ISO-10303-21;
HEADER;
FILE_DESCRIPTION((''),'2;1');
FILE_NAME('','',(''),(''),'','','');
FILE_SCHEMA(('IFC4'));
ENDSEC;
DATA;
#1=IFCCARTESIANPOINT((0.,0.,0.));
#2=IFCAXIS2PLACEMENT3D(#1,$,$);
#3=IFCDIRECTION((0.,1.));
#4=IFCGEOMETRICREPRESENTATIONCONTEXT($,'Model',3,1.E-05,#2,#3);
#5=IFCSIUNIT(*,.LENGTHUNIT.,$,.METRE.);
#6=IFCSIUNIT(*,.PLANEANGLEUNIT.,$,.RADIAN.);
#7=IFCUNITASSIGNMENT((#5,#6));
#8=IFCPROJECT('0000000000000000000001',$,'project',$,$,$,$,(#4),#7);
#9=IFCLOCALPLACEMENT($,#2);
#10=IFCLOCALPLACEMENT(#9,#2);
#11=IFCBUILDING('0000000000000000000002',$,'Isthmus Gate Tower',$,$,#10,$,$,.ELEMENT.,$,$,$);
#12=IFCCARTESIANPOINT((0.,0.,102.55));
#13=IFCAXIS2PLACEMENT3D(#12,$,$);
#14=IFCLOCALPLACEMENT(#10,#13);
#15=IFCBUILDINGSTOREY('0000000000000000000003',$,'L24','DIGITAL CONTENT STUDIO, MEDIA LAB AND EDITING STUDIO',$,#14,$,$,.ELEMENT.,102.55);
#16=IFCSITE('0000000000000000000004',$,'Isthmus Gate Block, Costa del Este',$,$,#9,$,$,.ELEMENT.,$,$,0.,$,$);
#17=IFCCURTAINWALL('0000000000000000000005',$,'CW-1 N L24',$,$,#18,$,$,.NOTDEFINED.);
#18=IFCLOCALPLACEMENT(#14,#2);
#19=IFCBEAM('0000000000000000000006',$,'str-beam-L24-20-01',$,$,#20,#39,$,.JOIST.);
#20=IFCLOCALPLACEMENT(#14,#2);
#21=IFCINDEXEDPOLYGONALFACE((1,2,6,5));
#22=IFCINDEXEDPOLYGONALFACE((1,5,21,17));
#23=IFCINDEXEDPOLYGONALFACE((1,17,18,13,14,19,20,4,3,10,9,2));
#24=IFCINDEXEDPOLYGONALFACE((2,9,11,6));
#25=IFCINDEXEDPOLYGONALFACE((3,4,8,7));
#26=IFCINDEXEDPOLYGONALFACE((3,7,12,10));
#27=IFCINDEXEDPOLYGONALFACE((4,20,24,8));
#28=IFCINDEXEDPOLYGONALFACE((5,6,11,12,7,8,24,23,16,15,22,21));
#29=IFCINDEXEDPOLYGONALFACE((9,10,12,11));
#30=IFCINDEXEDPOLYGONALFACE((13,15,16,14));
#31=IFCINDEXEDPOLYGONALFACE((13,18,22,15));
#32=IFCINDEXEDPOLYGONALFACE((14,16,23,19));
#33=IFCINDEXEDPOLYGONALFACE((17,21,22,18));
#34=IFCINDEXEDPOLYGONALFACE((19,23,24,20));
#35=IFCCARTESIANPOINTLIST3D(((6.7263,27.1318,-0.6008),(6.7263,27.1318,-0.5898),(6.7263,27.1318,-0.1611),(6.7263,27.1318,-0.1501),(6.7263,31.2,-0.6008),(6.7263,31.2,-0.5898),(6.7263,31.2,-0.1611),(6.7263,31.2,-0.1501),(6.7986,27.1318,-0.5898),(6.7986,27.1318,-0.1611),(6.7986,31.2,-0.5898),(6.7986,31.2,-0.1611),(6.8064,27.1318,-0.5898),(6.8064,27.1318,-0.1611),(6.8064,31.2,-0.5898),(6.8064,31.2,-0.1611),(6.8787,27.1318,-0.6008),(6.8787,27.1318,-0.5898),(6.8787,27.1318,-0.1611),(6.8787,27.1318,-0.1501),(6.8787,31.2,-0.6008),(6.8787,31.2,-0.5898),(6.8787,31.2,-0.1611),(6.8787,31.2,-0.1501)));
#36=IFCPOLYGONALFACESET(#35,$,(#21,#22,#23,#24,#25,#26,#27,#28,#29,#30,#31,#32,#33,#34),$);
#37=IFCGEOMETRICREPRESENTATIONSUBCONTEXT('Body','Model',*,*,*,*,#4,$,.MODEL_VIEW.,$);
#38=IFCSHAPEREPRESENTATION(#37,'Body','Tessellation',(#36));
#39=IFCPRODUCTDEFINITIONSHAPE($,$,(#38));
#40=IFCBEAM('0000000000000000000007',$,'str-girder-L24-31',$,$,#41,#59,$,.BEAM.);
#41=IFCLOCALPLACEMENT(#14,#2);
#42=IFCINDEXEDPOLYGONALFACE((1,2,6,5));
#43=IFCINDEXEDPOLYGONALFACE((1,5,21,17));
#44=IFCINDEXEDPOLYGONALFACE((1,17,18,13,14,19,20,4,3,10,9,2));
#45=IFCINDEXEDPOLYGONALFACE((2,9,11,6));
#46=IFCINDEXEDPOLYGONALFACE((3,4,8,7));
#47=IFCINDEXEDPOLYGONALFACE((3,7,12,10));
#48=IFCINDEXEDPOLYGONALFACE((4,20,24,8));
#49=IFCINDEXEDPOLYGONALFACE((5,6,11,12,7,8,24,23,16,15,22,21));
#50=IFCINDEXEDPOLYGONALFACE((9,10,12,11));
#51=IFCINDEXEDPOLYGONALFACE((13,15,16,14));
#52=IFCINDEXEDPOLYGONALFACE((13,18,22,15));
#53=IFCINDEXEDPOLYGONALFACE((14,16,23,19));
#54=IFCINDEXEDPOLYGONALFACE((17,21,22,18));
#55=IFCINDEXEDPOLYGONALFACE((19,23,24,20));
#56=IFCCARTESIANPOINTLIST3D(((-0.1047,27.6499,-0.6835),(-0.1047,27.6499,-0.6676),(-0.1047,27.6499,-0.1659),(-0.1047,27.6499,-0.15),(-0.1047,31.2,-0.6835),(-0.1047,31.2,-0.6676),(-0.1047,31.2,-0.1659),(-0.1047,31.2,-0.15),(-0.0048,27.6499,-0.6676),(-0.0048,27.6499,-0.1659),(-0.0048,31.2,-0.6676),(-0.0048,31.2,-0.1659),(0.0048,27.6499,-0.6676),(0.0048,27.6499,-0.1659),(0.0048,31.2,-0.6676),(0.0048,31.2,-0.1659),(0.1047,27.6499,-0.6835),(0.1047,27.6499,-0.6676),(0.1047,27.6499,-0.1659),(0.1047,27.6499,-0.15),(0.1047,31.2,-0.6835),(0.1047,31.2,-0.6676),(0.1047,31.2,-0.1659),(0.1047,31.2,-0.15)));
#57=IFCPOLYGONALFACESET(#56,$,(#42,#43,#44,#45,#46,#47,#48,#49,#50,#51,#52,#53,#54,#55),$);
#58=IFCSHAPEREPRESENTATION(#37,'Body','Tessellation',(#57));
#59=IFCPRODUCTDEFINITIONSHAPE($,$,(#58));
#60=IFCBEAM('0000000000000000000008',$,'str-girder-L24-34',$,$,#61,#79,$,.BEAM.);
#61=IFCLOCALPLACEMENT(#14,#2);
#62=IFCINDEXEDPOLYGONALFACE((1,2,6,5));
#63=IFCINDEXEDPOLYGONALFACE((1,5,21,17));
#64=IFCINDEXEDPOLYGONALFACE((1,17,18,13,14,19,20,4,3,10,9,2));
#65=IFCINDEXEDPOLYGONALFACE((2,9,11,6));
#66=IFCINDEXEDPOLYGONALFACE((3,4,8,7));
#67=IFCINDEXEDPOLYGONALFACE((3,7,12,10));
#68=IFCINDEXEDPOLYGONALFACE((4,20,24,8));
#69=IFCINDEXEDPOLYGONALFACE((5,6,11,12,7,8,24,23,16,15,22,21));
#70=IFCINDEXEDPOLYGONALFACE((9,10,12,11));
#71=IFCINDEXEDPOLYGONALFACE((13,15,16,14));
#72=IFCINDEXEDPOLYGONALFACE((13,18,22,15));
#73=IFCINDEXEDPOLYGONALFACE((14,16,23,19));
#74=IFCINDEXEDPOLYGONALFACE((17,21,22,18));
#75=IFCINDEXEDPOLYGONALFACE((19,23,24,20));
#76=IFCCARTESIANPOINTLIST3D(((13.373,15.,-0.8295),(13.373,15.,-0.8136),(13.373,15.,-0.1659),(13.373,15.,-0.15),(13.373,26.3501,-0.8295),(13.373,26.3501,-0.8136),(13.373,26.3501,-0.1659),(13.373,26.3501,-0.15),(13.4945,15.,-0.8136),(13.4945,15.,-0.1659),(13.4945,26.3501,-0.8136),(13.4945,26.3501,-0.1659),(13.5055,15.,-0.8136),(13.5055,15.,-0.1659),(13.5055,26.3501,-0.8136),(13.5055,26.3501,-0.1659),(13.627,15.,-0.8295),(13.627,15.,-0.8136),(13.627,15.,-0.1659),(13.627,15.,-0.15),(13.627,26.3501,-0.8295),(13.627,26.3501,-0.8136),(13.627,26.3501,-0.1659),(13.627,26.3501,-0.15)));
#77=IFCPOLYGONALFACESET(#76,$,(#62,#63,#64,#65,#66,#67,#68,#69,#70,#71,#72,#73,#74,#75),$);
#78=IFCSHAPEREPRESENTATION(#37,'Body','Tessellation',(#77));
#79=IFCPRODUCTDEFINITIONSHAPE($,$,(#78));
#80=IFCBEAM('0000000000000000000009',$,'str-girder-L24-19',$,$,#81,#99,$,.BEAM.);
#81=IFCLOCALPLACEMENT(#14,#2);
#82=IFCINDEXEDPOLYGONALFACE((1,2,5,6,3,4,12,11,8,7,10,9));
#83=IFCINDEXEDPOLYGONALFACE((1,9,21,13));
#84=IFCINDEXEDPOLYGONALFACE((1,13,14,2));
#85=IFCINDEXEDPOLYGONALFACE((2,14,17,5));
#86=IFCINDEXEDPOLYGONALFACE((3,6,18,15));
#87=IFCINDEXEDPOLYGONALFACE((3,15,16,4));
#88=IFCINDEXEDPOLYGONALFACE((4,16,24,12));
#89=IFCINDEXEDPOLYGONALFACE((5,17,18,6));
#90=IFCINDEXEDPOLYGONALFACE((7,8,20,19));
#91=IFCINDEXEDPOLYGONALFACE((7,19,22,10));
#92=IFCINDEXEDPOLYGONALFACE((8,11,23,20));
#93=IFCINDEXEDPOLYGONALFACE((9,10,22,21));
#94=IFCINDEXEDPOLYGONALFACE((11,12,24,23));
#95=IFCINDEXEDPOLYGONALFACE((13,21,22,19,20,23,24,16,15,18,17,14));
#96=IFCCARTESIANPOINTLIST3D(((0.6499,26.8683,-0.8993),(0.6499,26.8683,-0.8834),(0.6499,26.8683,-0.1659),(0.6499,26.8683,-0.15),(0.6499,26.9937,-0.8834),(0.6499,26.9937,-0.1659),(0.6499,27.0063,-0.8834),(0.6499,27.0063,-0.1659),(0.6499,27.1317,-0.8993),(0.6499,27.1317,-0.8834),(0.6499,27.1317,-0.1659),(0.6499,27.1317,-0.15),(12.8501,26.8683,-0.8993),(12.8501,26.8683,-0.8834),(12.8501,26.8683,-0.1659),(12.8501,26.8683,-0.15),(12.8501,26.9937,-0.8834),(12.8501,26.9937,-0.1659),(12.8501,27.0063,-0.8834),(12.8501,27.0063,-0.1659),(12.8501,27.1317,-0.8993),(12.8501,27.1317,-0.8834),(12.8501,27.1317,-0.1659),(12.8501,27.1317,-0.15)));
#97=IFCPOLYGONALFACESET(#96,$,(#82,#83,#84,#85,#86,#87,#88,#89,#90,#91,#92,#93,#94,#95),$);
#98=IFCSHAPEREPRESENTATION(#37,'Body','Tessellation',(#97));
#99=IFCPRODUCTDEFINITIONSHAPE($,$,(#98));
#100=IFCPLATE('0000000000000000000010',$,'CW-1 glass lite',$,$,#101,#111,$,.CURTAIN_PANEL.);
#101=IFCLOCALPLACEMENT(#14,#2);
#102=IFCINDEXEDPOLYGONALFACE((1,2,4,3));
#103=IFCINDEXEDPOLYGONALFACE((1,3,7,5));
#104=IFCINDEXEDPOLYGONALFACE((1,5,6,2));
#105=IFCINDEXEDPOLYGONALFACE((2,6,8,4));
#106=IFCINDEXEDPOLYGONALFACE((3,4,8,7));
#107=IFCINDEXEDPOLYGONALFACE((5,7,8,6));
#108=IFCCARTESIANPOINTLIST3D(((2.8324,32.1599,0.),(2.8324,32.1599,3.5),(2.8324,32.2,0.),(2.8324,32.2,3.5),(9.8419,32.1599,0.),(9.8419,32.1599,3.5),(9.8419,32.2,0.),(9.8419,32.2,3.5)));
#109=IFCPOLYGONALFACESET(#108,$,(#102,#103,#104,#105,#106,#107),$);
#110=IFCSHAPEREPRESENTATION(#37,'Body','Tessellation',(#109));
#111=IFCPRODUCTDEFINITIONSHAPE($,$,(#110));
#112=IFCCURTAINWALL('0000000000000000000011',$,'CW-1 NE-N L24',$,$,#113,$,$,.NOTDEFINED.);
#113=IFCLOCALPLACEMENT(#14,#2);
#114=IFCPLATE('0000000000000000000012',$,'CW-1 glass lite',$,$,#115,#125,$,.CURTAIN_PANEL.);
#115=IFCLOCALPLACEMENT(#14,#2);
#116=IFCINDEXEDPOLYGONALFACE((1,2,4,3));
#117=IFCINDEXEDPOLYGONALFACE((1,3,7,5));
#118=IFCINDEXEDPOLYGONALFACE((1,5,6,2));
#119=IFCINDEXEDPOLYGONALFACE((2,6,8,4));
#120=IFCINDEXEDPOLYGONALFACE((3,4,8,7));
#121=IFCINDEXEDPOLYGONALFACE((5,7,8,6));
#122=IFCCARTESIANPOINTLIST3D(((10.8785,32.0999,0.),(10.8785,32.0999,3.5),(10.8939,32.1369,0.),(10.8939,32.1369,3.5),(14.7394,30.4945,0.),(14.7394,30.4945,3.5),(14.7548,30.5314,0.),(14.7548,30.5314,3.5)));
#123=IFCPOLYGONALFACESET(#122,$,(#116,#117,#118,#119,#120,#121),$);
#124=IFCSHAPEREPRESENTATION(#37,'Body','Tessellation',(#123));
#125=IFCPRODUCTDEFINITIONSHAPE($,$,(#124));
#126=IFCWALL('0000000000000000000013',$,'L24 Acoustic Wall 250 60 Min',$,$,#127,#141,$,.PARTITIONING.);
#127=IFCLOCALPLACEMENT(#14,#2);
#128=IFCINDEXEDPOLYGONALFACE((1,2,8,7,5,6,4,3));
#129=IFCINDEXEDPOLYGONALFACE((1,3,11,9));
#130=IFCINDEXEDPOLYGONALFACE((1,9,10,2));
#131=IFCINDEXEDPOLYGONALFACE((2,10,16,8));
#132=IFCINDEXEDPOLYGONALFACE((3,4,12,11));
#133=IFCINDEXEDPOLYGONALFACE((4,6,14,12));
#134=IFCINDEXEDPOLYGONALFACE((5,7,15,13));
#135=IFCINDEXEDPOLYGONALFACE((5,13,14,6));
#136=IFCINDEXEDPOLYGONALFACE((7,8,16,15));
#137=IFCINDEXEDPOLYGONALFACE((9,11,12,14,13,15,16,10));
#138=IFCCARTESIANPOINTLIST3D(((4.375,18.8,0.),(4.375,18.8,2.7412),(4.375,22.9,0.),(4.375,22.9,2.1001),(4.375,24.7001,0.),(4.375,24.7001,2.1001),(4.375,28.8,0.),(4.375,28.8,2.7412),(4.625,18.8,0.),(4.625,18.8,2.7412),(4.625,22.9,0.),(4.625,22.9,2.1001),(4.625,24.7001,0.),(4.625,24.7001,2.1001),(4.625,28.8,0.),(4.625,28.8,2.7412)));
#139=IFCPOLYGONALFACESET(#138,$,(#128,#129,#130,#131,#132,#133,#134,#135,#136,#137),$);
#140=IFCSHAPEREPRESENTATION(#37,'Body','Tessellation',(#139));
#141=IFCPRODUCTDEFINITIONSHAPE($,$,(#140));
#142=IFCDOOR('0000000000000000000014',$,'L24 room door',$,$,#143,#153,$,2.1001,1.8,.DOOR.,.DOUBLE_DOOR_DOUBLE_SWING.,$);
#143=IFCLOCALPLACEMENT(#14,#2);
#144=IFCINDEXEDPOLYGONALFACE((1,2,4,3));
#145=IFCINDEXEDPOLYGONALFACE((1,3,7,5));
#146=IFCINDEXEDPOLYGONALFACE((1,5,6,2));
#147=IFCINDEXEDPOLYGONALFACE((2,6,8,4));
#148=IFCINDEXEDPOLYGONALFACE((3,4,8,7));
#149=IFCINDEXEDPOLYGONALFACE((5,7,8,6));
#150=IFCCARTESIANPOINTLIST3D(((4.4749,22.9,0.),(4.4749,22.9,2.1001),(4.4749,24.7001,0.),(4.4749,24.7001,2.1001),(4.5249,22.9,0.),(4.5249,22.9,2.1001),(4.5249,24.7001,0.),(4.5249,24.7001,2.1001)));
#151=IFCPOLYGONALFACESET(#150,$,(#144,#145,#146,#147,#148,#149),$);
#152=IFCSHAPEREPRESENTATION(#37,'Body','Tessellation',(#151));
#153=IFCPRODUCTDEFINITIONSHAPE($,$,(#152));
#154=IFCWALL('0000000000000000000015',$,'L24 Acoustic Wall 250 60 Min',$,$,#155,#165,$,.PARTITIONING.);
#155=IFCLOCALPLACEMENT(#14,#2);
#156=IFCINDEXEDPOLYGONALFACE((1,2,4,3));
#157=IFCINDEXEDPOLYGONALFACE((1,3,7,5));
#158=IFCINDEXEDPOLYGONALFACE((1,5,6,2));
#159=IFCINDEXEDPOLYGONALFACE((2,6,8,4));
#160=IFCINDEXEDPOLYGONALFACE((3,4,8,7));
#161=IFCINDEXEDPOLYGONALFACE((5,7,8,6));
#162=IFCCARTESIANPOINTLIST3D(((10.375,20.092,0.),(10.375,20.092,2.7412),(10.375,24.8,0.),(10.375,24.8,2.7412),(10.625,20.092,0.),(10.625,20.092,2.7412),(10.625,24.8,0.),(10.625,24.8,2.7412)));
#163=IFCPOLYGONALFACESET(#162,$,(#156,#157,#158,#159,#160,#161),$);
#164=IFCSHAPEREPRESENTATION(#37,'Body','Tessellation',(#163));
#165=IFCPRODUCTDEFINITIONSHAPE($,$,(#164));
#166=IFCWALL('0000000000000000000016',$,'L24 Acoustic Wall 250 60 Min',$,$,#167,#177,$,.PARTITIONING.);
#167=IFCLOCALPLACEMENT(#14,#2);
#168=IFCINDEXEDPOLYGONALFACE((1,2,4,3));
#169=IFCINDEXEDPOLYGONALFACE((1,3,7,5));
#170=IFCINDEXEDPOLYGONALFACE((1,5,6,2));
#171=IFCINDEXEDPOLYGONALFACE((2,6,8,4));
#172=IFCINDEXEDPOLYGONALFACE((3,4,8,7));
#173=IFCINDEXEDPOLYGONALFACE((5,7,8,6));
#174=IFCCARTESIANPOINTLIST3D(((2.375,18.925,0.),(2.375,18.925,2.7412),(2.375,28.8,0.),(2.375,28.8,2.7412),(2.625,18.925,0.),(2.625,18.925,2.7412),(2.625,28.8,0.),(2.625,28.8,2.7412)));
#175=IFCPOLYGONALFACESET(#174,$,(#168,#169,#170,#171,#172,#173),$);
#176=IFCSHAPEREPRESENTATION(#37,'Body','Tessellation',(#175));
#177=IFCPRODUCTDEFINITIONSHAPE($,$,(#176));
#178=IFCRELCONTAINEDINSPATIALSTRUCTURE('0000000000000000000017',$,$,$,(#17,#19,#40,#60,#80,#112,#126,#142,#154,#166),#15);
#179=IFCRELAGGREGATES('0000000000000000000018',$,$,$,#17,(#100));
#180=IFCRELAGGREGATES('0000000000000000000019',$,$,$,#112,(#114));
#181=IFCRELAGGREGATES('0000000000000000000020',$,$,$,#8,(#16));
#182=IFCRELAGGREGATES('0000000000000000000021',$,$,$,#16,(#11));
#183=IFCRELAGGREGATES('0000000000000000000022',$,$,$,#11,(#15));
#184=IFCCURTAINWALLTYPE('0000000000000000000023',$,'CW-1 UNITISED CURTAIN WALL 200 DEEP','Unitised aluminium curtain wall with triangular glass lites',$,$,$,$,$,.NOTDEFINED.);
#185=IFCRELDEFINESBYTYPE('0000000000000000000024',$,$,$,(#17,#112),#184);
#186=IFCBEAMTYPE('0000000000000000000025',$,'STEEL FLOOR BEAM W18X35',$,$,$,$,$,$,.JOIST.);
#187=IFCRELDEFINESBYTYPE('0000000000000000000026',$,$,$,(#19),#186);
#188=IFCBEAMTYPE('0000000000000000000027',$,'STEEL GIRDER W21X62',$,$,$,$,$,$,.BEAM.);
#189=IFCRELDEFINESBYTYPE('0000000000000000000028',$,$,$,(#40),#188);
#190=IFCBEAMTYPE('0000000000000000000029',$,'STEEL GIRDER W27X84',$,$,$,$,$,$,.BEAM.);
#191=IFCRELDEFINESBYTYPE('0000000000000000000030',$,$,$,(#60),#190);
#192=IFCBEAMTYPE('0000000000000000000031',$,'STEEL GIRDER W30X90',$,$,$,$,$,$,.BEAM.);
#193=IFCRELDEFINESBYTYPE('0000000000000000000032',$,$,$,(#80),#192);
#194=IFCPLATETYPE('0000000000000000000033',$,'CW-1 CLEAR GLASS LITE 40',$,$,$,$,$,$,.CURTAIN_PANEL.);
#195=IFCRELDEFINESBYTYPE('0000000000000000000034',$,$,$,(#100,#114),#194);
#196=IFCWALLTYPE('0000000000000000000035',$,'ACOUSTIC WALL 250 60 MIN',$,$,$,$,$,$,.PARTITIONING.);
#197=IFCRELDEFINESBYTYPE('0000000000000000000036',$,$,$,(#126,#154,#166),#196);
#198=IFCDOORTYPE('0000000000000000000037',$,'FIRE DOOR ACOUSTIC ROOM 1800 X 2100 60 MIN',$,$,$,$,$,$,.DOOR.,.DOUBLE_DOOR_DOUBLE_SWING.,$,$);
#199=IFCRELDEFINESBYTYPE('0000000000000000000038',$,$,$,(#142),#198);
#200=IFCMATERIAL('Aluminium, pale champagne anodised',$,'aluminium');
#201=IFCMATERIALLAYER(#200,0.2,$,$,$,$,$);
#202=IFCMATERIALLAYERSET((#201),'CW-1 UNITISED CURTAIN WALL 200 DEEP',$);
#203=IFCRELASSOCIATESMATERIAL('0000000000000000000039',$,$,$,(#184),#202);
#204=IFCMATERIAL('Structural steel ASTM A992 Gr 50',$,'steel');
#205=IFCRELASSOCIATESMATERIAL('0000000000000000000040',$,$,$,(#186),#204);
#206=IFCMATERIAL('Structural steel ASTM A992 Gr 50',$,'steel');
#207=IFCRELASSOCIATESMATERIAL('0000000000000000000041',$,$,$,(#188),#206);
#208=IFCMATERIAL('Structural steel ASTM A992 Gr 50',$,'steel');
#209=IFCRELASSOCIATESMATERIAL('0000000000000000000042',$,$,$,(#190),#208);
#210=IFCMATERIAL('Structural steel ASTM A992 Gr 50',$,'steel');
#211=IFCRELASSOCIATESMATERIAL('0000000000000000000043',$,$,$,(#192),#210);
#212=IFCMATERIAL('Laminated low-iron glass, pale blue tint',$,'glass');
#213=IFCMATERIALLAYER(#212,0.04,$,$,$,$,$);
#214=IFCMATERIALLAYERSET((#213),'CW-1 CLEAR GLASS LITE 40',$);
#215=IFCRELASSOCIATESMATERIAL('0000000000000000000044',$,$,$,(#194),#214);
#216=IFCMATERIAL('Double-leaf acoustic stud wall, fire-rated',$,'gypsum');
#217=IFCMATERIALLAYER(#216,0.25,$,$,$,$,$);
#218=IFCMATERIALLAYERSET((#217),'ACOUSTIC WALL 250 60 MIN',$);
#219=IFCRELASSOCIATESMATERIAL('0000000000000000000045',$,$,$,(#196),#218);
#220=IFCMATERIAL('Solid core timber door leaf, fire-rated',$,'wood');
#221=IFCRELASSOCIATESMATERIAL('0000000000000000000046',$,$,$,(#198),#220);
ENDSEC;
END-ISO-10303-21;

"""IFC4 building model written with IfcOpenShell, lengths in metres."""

from ifc_helpers import new_model, si_unit, direction, frame, frame_2d, origin, origin_2d, place, context, subcontext, project, spatial, rectangle, i_section, extrude, material, layer, layer_set, material_profile, profile_set, type_object, element, fill, aggregate, save


model = new_model("IFC4")

# Units and contexts
model_context = context("Model", 3, precision=1e-05, world=origin(), true_north=direction((0.0, 1.0)))
body_context = subcontext(model_context, "Body", "Model", "MODEL_VIEW")
ifc_project = project(units=[si_unit("LENGTHUNIT", "METRE"), si_unit("PLANEANGLEUNIT", "RADIAN")], contexts=[model_context])

# Site, building, storey
site_placement = place(None, origin())
site = spatial("IfcSite", under=ifc_project, at=site_placement, Name="Isthmus Gate Block, Costa del Este", CompositionType="ELEMENT", RefElevation=0.0)
building_placement = place(site_placement, origin())
building = spatial("IfcBuilding", under=site, at=building_placement, Name="Isthmus Gate Tower", CompositionType="ELEMENT")
storey_placement = place(building_placement, frame((0.0, 0.0, 102.55)))
storey = spatial("IfcBuildingStorey", under=building, at=storey_placement, Name="L24", Description="DIGITAL CONTENT STUDIO, MEDIA LAB AND EDITING STUDIO", CompositionType="ELEMENT", Elevation=102.55)

# Curtain wall
ifc_material_1 = material(Name="Aluminium, pale champagne anodised", Category="aluminium")
ifc_layer_1 = layer(ifc_material_1, 0.2)
ifc_layer_set_1 = layer_set([ifc_layer_1], Name="CW-1 UNITISED CURTAIN WALL 200 DEEP")
curtain_wall_type = type_object("IfcCurtainWallType", Name="CW-1 UNITISED CURTAIN WALL 200 DEEP", Description="Unitised aluminium curtain wall with triangular glass lites", PredefinedType="NOTDEFINED", material=ifc_layer_set_1)
curtain_wall_1_placement = place(storey_placement, origin())
curtain_wall_1 = element("IfcCurtainWall", 1, at=curtain_wall_1_placement, inside=storey, type_object=curtain_wall_type, Name="CW-1 N L24", PredefinedType="NOTDEFINED")

# Beams
ifc_material_2 = material(Name="Structural steel ASTM A992 Gr 50", Category="steel")
ifc_material_profile_1 = material_profile(ifc_material_2, i_section(OverallWidth=0.1523, OverallDepth=0.4507, WebThickness=0.0078, FlangeThickness=0.011, at=origin_2d()), Name="W18X35")
ifc_profile_set_1 = profile_set([ifc_material_profile_1], Name="Structural steel ASTM A992 Gr 50")
beam_type_1 = type_object("IfcBeamType", Name="STEEL FLOOR BEAM W18X35", PredefinedType="JOIST", material=ifc_profile_set_1)
beam_1_placement = place(storey_placement, frame((6.8025, 27.1318, -0.3755), z_axis=(0.0, 1.0, 0.0), x_axis=(-1.0, 0.0, 0.0)))
element("IfcBeam", 2, at=beam_1_placement, inside=storey, type_object=beam_type_1, Name="str-beam-L24-20-01", PredefinedType="JOIST", context=body_context, shape_type="SweptSolid", body=[
    extrude(i_section(OverallWidth=0.1523, OverallDepth=0.4507, WebThickness=0.0078, FlangeThickness=0.011, at=origin_2d()), origin(), (0.0, 0.0, 1.0), 4.0681),
])
ifc_material_3 = material(Name="Structural steel ASTM A992 Gr 50", Category="steel")
ifc_material_profile_2 = material_profile(ifc_material_3, i_section(OverallWidth=0.2095, OverallDepth=0.5334, WebThickness=0.0095, FlangeThickness=0.0159, at=origin_2d()), Name="W21X62")
ifc_profile_set_2 = profile_set([ifc_material_profile_2], Name="Structural steel ASTM A992 Gr 50")
beam_type_2 = type_object("IfcBeamType", Name="STEEL GIRDER W21X62", PredefinedType="BEAM", material=ifc_profile_set_2)
beam_2_placement = place(storey_placement, frame((0.0, 27.6499, -0.4167), z_axis=(0.0, 1.0, 0.0), x_axis=(-1.0, 0.0, 0.0)))
element("IfcBeam", 3, at=beam_2_placement, inside=storey, type_object=beam_type_2, Name="str-girder-L24-31", PredefinedType="BEAM", context=body_context, shape_type="SweptSolid", body=[
    extrude(i_section(OverallWidth=0.2095, OverallDepth=0.5334, WebThickness=0.0095, FlangeThickness=0.0159, at=origin_2d()), origin(), (0.0, 0.0, 1.0), 3.55),
])
ifc_material_4 = material(Name="Structural steel ASTM A992 Gr 50", Category="steel")
ifc_material_profile_3 = material_profile(ifc_material_4, i_section(OverallWidth=0.2539, OverallDepth=0.6794, WebThickness=0.011, FlangeThickness=0.0159, at=origin_2d()), Name="W27X84")
ifc_profile_set_3 = profile_set([ifc_material_profile_3], Name="Structural steel ASTM A992 Gr 50")
beam_type_3 = type_object("IfcBeamType", Name="STEEL GIRDER W27X84", PredefinedType="BEAM", material=ifc_profile_set_3)
beam_3_placement = place(storey_placement, frame((13.5, 15.0, -0.4897), z_axis=(0.0, 1.0, 0.0), x_axis=(-1.0, 0.0, 0.0)))
element("IfcBeam", 4, at=beam_3_placement, inside=storey, type_object=beam_type_3, Name="str-girder-L24-34", PredefinedType="BEAM", context=body_context, shape_type="SweptSolid", body=[
    extrude(i_section(OverallWidth=0.2539, OverallDepth=0.6794, WebThickness=0.011, FlangeThickness=0.0159, at=origin_2d()), origin(), (0.0, 0.0, 1.0), 11.3501),
])
ifc_material_5 = material(Name="Structural steel ASTM A992 Gr 50", Category="steel")
ifc_material_profile_4 = material_profile(ifc_material_5, i_section(OverallWidth=0.2634, OverallDepth=0.7493, WebThickness=0.0127, FlangeThickness=0.0159, at=origin_2d()), Name="W30X90")
ifc_profile_set_4 = profile_set([ifc_material_profile_4], Name="Structural steel ASTM A992 Gr 50")
beam_type_4 = type_object("IfcBeamType", Name="STEEL GIRDER W30X90", PredefinedType="BEAM", material=ifc_profile_set_4)
beam_4_placement = place(storey_placement, frame((0.6499, 27.0, -0.5247), z_axis=(1.0, 0.0, 0.0), x_axis=(0.0, 1.0, 0.0)))
element("IfcBeam", 5, at=beam_4_placement, inside=storey, type_object=beam_type_4, Name="str-girder-L24-19", PredefinedType="BEAM", context=body_context, shape_type="SweptSolid", body=[
    extrude(i_section(OverallWidth=0.2634, OverallDepth=0.7493, WebThickness=0.0127, FlangeThickness=0.0159, at=origin_2d()), origin(), (0.0, 0.0, 1.0), 12.2002),
])

# Plate
ifc_material_6 = material(Name="Laminated low-iron glass, pale blue tint", Category="glass")
ifc_layer_2 = layer(ifc_material_6, 0.04)
ifc_layer_set_2 = layer_set([ifc_layer_2], Name="CW-1 CLEAR GLASS LITE 40")
plate_type = type_object("IfcPlateType", Name="CW-1 CLEAR GLASS LITE 40", PredefinedType="CURTAIN_PANEL", material=ifc_layer_set_2)
plate_1_placement = place(storey_placement, frame((6.3372, 32.1799, 0.0), z_axis=(0.0, 0.0, 1.0), x_axis=(-1.0, 0.0, 0.0)))
plate_1 = element("IfcPlate", 6, at=plate_1_placement, type_object=plate_type, Name="CW-1 glass lite", PredefinedType="CURTAIN_PANEL", context=body_context, shape_type="SweptSolid", body=[
    extrude(rectangle(XDim=7.0095, YDim=0.04, at=origin_2d()), origin(), (0.0, 0.0, 1.0), 3.5),
])
aggregate(curtain_wall_1, [plate_1])

# Curtain wall, plate
curtain_wall_2_placement = place(storey_placement, origin())
curtain_wall_2 = element("IfcCurtainWall", 7, at=curtain_wall_2_placement, inside=storey, type_object=curtain_wall_type, Name="CW-1 NE-N L24", PredefinedType="NOTDEFINED")
plate_2_placement = place(storey_placement, frame((12.8167, 31.3157, 0.0), z_axis=(0.0, 0.0, 1.0), x_axis=(-0.923353, 0.383952, 0.0)))
plate_2 = element("IfcPlate", 8, at=plate_2_placement, type_object=plate_type, Name="CW-1 glass lite", PredefinedType="CURTAIN_PANEL", context=body_context, shape_type="SweptSolid", body=[
    extrude(rectangle(XDim=4.1814, YDim=0.04, at=origin_2d()), origin(), (0.0, 0.0, 1.0), 3.5),
])
aggregate(curtain_wall_2, [plate_2])

# Wall, opening, door
ifc_material_7 = material(Name="Double-leaf acoustic stud wall, fire-rated", Category="gypsum")
ifc_layer_3 = layer(ifc_material_7, 0.25)
ifc_layer_set_3 = layer_set([ifc_layer_3], Name="ACOUSTIC WALL 250 60 MIN")
wall_type_1 = type_object("IfcWallType", Name="ACOUSTIC WALL 250 60 MIN", PredefinedType="PARTITIONING", material=ifc_layer_set_3)
wall_1_placement = place(storey_placement, frame((4.5, 28.8, 0.0), z_axis=(0.0, 0.0, 1.0), x_axis=(0.0, -1.0, 0.0)))
wall_1 = element("IfcWall", 9, at=wall_1_placement, inside=storey, type_object=wall_type_1, Name="L24 Acoustic Wall 250 60 Min", PredefinedType="PARTITIONING", context=body_context, shape_type="SweptSolid", body=[
    extrude(rectangle(XDim=10.0, YDim=0.25, at=frame_2d((5.0, 0.0))), origin(), (0.0, 0.0, 1.0), 2.7412),
])
opening_1_placement = place(wall_1_placement, frame((4.1001, 0.0, 0.0)))
opening_1 = element("IfcOpeningElement", 10, at=opening_1_placement, cuts=wall_1, PredefinedType="OPENING", context=body_context, shape_type="SweptSolid", body=[
    extrude(rectangle(XDim=1.8, YDim=2.1001, at=frame_2d((0.8999, 1.05))), frame((0.0, 0.135, 0.0), z_axis=(0.0, -1.0, 0.0), x_axis=(1.0, 0.0, 0.0)), (0.0, 0.0, 1.0), 0.27),
])
ifc_material_8 = material(Name="Solid core timber door leaf, fire-rated", Category="wood")
door_type_1 = type_object("IfcDoorType", Name="FIRE DOOR ACOUSTIC ROOM 1800 X 2100 60 MIN", OperationType="DOUBLE_DOOR_DOUBLE_SWING", PredefinedType="DOOR", material=ifc_material_8)
door_1_placement = place(opening_1_placement, origin())
door_1 = element("IfcDoor", 11, at=door_1_placement, inside=storey, type_object=door_type_1, Name="L24 room door", OperationType="DOUBLE_DOOR_DOUBLE_SWING", OverallHeight=2.1001, OverallWidth=1.8, PredefinedType="DOOR", context=body_context, shape_type="SweptSolid", body=[
    extrude(rectangle(XDim=1.8, YDim=2.1001, at=frame_2d((0.8999, 1.05))), frame((0.0, 0.0249, 0.0), z_axis=(0.0, -1.0, 0.0), x_axis=(1.0, 0.0, 0.0)), (0.0, 0.0, 1.0), 0.05),
])
fill(opening_1, door_1)

# Walls
wall_2_placement = place(storey_placement, frame((10.5, 24.8, 0.0), z_axis=(0.0, 0.0, 1.0), x_axis=(0.0, -1.0, 0.0)))
element("IfcWall", 12, at=wall_2_placement, inside=storey, type_object=wall_type_1, Name="L24 Acoustic Wall 250 60 Min", PredefinedType="PARTITIONING", context=body_context, shape_type="SweptSolid", body=[
    extrude(rectangle(XDim=4.708, YDim=0.25, at=frame_2d((2.354, 0.0))), origin(), (0.0, 0.0, 1.0), 2.7412),
])
wall_3_placement = place(storey_placement, frame((2.5, 18.925, 0.0), z_axis=(0.0, 0.0, 1.0), x_axis=(0.0, 1.0, 0.0)))
element("IfcWall", 13, at=wall_3_placement, inside=storey, type_object=wall_type_1, Name="L24 Acoustic Wall 250 60 Min", PredefinedType="PARTITIONING", context=body_context, shape_type="SweptSolid", body=[
    extrude(rectangle(XDim=9.875, YDim=0.25, at=frame_2d((4.9375, 0.0))), origin(), (0.0, 0.0, 1.0), 2.7412),
])

save(model, "model.ifc")
